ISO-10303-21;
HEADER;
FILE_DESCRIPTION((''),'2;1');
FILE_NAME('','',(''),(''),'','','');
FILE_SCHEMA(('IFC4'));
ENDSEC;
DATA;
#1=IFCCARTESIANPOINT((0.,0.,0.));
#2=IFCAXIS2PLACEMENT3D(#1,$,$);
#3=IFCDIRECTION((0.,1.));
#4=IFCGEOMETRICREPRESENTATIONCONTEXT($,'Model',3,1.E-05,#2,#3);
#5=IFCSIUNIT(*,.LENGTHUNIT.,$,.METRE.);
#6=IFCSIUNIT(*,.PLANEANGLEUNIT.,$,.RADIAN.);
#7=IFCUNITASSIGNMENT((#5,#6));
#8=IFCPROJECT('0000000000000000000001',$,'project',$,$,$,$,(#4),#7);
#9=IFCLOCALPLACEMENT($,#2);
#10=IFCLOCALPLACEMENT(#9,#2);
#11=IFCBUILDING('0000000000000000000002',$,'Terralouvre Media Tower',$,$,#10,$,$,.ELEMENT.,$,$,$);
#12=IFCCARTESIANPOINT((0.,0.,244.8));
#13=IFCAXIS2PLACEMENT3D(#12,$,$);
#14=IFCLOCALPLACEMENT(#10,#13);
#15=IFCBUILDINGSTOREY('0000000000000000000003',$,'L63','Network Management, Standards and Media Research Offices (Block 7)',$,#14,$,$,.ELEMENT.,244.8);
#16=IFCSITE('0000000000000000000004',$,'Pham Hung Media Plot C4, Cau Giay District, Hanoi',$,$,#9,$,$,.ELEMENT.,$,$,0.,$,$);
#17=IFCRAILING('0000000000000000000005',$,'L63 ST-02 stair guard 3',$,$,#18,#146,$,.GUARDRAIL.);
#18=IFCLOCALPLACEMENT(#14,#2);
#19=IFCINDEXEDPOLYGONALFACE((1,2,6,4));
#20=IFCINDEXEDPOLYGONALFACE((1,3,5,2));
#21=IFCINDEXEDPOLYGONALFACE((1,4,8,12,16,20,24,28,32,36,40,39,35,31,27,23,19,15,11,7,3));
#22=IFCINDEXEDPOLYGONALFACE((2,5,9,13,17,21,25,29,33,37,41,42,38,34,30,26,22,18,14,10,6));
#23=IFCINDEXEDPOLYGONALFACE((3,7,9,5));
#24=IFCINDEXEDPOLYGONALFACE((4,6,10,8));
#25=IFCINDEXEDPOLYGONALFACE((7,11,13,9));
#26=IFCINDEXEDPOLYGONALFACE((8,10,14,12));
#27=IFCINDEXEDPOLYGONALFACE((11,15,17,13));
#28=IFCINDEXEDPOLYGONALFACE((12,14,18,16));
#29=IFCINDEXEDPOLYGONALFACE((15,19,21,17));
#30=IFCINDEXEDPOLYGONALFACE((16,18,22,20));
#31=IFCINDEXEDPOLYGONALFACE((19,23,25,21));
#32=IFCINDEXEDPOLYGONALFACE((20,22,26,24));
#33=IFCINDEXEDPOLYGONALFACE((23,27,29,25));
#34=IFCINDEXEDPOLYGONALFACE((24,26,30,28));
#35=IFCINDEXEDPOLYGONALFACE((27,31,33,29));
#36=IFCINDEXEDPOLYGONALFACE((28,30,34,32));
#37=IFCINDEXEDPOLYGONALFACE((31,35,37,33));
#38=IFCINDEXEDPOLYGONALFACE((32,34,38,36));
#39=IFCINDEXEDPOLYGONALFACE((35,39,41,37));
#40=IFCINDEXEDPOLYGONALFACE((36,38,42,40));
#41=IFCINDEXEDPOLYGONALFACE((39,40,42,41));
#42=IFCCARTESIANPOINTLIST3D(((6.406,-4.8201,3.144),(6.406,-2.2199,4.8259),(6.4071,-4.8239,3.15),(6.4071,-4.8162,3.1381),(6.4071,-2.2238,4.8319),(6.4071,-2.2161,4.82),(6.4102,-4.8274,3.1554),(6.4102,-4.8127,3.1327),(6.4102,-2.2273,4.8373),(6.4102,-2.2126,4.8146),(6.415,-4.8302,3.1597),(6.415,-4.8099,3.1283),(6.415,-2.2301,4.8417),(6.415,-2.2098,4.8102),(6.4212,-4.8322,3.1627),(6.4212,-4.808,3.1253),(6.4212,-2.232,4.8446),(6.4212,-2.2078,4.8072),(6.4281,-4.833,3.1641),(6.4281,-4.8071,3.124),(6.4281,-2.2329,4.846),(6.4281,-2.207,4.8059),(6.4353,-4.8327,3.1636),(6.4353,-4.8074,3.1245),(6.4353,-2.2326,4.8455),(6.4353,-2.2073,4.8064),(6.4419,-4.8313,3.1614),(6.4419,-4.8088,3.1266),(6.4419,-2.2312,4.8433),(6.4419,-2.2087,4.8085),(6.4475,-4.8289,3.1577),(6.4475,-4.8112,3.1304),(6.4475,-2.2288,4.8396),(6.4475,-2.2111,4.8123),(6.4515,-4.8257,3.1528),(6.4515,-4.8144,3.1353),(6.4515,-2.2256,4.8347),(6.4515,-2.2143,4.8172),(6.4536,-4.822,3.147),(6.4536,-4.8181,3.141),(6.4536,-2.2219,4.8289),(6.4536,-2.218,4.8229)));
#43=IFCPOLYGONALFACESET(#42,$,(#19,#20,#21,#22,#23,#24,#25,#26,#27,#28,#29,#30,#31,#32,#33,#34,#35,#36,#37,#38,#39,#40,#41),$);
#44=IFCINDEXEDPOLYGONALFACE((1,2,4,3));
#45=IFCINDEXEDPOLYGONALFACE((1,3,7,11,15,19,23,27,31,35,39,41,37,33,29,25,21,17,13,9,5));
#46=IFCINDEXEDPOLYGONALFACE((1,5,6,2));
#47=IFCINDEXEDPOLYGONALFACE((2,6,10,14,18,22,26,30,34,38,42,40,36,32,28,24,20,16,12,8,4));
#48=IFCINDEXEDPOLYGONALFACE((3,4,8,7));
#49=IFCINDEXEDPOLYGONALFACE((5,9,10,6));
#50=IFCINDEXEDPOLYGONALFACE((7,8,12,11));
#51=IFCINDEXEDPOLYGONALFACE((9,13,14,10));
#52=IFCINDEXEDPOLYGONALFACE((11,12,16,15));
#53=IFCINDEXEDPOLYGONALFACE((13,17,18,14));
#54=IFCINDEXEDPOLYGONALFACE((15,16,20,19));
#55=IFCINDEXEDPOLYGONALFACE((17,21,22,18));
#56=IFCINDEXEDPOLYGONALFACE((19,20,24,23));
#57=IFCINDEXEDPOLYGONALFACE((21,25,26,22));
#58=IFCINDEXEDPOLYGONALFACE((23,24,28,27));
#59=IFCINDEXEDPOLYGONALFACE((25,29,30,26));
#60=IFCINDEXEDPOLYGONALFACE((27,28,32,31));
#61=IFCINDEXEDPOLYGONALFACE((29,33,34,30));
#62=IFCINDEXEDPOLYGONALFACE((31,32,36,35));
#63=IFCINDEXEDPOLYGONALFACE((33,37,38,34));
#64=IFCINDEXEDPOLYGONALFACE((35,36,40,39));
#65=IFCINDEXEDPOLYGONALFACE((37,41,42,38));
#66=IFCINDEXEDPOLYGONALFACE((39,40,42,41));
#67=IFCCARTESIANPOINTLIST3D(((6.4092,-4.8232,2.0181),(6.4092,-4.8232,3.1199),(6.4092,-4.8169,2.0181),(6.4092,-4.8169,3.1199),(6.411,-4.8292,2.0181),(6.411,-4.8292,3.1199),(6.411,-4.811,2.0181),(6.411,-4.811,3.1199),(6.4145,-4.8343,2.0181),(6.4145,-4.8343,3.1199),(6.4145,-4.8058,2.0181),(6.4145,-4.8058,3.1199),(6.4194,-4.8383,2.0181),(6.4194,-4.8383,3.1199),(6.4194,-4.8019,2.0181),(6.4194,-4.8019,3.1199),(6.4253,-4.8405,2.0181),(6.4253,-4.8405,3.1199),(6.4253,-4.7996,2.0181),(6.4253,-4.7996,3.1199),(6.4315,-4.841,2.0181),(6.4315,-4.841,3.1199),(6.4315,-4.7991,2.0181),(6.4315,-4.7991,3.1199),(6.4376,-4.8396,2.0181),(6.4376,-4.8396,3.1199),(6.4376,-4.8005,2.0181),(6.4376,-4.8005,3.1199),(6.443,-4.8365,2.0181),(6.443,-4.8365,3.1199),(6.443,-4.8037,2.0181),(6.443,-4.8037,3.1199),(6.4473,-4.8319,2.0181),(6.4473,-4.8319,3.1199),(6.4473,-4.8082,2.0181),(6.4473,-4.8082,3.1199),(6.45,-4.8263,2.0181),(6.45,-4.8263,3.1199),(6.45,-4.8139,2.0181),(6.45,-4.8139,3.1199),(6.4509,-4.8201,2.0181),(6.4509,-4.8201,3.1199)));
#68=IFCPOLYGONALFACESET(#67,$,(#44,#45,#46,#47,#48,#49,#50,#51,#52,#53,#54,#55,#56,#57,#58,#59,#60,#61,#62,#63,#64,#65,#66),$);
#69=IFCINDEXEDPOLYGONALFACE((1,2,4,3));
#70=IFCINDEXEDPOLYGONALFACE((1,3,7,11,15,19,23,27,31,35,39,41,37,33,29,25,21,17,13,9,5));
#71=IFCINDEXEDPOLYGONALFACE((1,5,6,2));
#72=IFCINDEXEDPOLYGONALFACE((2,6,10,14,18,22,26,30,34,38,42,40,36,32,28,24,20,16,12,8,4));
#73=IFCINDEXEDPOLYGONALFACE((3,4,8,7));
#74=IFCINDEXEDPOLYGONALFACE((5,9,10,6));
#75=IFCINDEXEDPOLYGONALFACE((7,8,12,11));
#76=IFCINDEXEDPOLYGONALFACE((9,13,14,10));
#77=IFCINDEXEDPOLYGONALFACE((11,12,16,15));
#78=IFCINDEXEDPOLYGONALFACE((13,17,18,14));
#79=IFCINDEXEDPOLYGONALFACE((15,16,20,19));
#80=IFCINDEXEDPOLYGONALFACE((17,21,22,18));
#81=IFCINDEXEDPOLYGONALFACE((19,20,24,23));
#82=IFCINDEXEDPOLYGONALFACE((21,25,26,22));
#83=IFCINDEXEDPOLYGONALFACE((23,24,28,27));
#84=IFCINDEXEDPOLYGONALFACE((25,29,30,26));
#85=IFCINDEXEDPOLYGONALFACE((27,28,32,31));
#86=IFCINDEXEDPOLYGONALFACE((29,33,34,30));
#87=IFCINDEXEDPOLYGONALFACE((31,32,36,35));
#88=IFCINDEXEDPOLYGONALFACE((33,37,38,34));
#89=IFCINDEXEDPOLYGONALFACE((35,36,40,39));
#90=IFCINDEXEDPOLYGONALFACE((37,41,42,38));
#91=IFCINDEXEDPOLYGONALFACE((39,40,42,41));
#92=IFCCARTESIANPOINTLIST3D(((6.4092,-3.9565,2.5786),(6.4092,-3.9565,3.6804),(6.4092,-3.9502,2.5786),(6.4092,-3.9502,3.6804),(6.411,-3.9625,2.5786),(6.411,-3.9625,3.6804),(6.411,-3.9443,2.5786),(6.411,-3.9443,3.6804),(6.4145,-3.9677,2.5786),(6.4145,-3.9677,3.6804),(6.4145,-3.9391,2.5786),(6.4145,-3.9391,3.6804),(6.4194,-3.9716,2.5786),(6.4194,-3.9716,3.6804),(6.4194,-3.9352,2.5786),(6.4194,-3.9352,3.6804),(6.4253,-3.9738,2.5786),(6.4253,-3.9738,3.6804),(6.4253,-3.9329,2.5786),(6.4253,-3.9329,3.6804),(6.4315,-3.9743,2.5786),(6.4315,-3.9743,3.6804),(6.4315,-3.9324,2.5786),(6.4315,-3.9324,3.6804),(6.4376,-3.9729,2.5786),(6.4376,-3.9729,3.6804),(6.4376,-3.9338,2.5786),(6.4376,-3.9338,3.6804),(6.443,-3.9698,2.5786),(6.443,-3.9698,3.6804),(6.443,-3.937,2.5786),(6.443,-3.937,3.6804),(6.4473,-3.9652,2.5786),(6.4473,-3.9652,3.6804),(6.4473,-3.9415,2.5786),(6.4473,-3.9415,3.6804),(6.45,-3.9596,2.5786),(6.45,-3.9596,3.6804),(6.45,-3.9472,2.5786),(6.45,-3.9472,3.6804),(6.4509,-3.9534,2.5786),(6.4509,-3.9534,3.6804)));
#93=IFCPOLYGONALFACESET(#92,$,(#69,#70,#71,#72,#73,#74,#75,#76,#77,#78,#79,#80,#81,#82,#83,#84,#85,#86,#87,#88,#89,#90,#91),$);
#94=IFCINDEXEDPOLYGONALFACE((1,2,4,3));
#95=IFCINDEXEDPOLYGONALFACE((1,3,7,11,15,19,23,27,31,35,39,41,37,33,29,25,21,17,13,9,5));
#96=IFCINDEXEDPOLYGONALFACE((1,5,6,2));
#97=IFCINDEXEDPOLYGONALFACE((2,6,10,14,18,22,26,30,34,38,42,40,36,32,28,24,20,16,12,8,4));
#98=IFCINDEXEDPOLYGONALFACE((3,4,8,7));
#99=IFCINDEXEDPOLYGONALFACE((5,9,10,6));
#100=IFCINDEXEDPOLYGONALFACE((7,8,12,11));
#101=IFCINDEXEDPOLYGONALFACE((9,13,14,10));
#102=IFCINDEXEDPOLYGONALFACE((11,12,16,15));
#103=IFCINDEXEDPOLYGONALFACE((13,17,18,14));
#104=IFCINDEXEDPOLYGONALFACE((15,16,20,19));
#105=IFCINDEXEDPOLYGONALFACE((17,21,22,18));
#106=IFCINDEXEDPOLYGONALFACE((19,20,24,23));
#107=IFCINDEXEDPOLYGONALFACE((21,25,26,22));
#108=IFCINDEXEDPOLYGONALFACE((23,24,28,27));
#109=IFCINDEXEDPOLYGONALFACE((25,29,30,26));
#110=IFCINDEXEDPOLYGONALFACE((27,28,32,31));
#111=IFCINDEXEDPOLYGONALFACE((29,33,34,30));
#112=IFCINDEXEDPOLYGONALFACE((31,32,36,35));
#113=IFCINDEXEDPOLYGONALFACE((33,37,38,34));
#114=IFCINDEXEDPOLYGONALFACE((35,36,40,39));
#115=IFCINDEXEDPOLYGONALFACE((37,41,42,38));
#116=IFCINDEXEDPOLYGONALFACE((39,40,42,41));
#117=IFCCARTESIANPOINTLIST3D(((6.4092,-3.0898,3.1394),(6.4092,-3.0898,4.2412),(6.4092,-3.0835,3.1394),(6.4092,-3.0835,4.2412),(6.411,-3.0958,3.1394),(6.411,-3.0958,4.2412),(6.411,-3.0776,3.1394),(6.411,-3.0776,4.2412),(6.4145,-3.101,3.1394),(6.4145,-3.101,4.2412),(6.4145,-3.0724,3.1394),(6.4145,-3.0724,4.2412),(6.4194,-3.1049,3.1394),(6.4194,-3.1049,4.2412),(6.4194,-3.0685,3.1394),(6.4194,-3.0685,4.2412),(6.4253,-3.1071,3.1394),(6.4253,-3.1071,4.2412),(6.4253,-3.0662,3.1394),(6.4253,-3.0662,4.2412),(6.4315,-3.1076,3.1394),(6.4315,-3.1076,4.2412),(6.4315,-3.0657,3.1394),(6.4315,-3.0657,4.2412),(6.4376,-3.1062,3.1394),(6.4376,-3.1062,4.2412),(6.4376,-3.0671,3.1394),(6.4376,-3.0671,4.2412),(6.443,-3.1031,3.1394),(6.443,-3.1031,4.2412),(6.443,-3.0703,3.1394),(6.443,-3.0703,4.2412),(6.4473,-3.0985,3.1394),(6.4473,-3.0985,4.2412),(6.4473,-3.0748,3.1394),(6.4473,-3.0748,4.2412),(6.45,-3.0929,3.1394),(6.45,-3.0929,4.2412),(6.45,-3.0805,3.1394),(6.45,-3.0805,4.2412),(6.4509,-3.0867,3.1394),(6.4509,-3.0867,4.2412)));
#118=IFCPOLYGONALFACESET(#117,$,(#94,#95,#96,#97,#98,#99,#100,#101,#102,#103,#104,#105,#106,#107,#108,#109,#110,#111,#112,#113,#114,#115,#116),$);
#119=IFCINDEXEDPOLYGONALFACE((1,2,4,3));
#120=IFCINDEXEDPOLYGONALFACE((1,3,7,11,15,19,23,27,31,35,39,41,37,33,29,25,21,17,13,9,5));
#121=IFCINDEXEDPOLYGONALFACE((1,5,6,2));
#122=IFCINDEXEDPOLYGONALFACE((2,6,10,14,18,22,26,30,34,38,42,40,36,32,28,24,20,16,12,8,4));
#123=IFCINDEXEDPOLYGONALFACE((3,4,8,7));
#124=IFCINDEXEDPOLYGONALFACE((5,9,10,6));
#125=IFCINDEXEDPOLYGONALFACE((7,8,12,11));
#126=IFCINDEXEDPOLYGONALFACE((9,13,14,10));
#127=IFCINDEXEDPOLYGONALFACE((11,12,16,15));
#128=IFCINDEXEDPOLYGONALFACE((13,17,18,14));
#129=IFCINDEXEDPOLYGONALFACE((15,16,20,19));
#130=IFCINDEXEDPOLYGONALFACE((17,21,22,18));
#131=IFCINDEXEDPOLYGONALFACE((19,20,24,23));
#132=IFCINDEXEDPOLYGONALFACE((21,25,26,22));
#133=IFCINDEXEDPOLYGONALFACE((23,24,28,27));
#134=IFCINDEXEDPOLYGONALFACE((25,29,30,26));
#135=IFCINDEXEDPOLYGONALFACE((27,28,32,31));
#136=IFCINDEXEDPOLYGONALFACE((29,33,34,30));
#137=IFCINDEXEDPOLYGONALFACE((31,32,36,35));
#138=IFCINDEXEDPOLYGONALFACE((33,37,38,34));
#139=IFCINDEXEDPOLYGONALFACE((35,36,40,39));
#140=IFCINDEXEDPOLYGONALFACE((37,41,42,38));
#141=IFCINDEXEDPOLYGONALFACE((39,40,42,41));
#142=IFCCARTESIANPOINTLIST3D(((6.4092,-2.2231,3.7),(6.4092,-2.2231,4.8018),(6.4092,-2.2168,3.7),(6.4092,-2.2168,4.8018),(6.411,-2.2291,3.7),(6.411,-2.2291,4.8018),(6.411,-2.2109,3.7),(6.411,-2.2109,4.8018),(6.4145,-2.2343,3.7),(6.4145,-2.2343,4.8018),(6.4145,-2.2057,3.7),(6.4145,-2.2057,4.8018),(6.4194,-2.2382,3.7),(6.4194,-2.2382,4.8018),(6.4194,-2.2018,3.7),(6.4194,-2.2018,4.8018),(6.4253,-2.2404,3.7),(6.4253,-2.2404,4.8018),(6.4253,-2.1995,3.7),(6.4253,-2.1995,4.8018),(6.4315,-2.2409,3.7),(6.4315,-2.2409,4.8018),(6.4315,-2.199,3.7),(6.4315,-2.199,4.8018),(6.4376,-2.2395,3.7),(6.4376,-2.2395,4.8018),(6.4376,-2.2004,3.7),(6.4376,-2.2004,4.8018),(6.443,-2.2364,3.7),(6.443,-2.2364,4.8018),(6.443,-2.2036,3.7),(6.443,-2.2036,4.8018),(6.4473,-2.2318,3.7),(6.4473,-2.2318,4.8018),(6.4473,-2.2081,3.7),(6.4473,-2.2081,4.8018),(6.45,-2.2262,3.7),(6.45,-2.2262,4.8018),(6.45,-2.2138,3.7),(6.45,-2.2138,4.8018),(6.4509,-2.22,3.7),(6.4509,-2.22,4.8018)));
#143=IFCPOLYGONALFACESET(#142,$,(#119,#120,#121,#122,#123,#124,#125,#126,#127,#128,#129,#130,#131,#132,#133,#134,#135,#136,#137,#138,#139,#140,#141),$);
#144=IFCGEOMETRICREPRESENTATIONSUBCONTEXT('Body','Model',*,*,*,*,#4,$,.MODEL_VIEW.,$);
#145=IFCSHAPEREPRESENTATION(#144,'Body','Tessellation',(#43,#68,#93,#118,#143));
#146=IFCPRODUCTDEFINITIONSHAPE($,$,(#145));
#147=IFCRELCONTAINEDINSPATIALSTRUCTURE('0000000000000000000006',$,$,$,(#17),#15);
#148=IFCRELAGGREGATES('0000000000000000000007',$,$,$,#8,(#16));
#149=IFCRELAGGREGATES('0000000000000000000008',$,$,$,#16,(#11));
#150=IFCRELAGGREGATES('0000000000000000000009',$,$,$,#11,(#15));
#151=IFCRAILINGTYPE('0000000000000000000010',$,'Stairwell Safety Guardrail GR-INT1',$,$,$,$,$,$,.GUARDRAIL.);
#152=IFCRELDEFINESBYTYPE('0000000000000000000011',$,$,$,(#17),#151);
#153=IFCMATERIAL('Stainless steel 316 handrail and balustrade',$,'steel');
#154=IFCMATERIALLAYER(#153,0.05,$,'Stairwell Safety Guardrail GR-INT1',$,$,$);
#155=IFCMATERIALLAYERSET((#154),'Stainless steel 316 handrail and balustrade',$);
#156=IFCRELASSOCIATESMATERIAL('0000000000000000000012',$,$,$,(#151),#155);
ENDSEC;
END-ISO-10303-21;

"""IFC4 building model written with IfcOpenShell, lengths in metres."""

from ifc_helpers import new_model, si_unit, direction, frame, origin, origin_2d, place, context, subcontext, project, spatial, circle, extrude, material, layer, layer_set, type_object, element, save


model = new_model("IFC4")

# Units and contexts
model_context = context("Model", 3, precision=1e-05, world=origin(), true_north=direction((0.0, 1.0)))
body_context = subcontext(model_context, "Body", "Model", "MODEL_VIEW")
ifc_project = project(units=[si_unit("LENGTHUNIT", "METRE"), si_unit("PLANEANGLEUNIT", "RADIAN")], contexts=[model_context])

# Site, building, storey
site_placement = place(None, origin())
site = spatial("IfcSite", under=ifc_project, at=site_placement, Name="Pham Hung Media Plot C4, Cau Giay District, Hanoi", CompositionType="ELEMENT", RefElevation=0.0)
building_placement = place(site_placement, origin())
building = spatial("IfcBuilding", under=site, at=building_placement, Name="Terralouvre Media Tower", CompositionType="ELEMENT")
storey_placement = place(building_placement, frame((0.0, 0.0, 244.8)))
storey = spatial("IfcBuildingStorey", under=building, at=storey_placement, Name="L63", Description="Network Management, Standards and Media Research Offices (Block 7)", CompositionType="ELEMENT", Elevation=244.8)

# Railing
ifc_material_1 = material(Name="Stainless steel 316 handrail and balustrade", Category="steel")
ifc_layer_1 = layer(ifc_material_1, 0.05, Name="Stairwell Safety Guardrail GR-INT1")
ifc_layer_set_1 = layer_set([ifc_layer_1], Name="Stainless steel 316 handrail and balustrade")
railing_type_1 = type_object("IfcRailingType", Name="Stairwell Safety Guardrail GR-INT1", PredefinedType="GUARDRAIL", material=ifc_layer_set_1)
railing_1_placement = place(storey_placement, frame((6.4299, -4.8201, 2.0181)))
element("IfcRailing", 1, at=railing_1_placement, inside=storey, type_object=railing_type_1, Name="L63 ST-02 stair guard 3", PredefinedType="GUARDRAIL", context=body_context, shape_type="SweptSolid", body=[
    extrude(circle(Radius=0.0239, at=origin_2d()), frame((0.0, 0.0, 1.126), z_axis=(0.0, 0.839648, 0.54313), x_axis=(-1.0, 0.0, 0.0)), (0.0, 0.0, 1.0), 3.0967),
    extrude(circle(Radius=0.021, at=origin_2d()), origin(), (0.0, 0.0, 1.0), 1.1018),
    extrude(circle(Radius=0.021, at=origin_2d()), frame((0.0, 0.8667, 0.5605)), (0.0, 0.0, 1.0), 1.1018),
    extrude(circle(Radius=0.021, at=origin_2d()), frame((0.0, 1.7334, 1.1213)), (0.0, 0.0, 1.0), 1.1018),
    extrude(circle(Radius=0.021, at=origin_2d()), frame((0.0, 2.6001, 1.6819)), (0.0, 0.0, 1.0), 1.1018),
])

save(model, "model.ifc")
